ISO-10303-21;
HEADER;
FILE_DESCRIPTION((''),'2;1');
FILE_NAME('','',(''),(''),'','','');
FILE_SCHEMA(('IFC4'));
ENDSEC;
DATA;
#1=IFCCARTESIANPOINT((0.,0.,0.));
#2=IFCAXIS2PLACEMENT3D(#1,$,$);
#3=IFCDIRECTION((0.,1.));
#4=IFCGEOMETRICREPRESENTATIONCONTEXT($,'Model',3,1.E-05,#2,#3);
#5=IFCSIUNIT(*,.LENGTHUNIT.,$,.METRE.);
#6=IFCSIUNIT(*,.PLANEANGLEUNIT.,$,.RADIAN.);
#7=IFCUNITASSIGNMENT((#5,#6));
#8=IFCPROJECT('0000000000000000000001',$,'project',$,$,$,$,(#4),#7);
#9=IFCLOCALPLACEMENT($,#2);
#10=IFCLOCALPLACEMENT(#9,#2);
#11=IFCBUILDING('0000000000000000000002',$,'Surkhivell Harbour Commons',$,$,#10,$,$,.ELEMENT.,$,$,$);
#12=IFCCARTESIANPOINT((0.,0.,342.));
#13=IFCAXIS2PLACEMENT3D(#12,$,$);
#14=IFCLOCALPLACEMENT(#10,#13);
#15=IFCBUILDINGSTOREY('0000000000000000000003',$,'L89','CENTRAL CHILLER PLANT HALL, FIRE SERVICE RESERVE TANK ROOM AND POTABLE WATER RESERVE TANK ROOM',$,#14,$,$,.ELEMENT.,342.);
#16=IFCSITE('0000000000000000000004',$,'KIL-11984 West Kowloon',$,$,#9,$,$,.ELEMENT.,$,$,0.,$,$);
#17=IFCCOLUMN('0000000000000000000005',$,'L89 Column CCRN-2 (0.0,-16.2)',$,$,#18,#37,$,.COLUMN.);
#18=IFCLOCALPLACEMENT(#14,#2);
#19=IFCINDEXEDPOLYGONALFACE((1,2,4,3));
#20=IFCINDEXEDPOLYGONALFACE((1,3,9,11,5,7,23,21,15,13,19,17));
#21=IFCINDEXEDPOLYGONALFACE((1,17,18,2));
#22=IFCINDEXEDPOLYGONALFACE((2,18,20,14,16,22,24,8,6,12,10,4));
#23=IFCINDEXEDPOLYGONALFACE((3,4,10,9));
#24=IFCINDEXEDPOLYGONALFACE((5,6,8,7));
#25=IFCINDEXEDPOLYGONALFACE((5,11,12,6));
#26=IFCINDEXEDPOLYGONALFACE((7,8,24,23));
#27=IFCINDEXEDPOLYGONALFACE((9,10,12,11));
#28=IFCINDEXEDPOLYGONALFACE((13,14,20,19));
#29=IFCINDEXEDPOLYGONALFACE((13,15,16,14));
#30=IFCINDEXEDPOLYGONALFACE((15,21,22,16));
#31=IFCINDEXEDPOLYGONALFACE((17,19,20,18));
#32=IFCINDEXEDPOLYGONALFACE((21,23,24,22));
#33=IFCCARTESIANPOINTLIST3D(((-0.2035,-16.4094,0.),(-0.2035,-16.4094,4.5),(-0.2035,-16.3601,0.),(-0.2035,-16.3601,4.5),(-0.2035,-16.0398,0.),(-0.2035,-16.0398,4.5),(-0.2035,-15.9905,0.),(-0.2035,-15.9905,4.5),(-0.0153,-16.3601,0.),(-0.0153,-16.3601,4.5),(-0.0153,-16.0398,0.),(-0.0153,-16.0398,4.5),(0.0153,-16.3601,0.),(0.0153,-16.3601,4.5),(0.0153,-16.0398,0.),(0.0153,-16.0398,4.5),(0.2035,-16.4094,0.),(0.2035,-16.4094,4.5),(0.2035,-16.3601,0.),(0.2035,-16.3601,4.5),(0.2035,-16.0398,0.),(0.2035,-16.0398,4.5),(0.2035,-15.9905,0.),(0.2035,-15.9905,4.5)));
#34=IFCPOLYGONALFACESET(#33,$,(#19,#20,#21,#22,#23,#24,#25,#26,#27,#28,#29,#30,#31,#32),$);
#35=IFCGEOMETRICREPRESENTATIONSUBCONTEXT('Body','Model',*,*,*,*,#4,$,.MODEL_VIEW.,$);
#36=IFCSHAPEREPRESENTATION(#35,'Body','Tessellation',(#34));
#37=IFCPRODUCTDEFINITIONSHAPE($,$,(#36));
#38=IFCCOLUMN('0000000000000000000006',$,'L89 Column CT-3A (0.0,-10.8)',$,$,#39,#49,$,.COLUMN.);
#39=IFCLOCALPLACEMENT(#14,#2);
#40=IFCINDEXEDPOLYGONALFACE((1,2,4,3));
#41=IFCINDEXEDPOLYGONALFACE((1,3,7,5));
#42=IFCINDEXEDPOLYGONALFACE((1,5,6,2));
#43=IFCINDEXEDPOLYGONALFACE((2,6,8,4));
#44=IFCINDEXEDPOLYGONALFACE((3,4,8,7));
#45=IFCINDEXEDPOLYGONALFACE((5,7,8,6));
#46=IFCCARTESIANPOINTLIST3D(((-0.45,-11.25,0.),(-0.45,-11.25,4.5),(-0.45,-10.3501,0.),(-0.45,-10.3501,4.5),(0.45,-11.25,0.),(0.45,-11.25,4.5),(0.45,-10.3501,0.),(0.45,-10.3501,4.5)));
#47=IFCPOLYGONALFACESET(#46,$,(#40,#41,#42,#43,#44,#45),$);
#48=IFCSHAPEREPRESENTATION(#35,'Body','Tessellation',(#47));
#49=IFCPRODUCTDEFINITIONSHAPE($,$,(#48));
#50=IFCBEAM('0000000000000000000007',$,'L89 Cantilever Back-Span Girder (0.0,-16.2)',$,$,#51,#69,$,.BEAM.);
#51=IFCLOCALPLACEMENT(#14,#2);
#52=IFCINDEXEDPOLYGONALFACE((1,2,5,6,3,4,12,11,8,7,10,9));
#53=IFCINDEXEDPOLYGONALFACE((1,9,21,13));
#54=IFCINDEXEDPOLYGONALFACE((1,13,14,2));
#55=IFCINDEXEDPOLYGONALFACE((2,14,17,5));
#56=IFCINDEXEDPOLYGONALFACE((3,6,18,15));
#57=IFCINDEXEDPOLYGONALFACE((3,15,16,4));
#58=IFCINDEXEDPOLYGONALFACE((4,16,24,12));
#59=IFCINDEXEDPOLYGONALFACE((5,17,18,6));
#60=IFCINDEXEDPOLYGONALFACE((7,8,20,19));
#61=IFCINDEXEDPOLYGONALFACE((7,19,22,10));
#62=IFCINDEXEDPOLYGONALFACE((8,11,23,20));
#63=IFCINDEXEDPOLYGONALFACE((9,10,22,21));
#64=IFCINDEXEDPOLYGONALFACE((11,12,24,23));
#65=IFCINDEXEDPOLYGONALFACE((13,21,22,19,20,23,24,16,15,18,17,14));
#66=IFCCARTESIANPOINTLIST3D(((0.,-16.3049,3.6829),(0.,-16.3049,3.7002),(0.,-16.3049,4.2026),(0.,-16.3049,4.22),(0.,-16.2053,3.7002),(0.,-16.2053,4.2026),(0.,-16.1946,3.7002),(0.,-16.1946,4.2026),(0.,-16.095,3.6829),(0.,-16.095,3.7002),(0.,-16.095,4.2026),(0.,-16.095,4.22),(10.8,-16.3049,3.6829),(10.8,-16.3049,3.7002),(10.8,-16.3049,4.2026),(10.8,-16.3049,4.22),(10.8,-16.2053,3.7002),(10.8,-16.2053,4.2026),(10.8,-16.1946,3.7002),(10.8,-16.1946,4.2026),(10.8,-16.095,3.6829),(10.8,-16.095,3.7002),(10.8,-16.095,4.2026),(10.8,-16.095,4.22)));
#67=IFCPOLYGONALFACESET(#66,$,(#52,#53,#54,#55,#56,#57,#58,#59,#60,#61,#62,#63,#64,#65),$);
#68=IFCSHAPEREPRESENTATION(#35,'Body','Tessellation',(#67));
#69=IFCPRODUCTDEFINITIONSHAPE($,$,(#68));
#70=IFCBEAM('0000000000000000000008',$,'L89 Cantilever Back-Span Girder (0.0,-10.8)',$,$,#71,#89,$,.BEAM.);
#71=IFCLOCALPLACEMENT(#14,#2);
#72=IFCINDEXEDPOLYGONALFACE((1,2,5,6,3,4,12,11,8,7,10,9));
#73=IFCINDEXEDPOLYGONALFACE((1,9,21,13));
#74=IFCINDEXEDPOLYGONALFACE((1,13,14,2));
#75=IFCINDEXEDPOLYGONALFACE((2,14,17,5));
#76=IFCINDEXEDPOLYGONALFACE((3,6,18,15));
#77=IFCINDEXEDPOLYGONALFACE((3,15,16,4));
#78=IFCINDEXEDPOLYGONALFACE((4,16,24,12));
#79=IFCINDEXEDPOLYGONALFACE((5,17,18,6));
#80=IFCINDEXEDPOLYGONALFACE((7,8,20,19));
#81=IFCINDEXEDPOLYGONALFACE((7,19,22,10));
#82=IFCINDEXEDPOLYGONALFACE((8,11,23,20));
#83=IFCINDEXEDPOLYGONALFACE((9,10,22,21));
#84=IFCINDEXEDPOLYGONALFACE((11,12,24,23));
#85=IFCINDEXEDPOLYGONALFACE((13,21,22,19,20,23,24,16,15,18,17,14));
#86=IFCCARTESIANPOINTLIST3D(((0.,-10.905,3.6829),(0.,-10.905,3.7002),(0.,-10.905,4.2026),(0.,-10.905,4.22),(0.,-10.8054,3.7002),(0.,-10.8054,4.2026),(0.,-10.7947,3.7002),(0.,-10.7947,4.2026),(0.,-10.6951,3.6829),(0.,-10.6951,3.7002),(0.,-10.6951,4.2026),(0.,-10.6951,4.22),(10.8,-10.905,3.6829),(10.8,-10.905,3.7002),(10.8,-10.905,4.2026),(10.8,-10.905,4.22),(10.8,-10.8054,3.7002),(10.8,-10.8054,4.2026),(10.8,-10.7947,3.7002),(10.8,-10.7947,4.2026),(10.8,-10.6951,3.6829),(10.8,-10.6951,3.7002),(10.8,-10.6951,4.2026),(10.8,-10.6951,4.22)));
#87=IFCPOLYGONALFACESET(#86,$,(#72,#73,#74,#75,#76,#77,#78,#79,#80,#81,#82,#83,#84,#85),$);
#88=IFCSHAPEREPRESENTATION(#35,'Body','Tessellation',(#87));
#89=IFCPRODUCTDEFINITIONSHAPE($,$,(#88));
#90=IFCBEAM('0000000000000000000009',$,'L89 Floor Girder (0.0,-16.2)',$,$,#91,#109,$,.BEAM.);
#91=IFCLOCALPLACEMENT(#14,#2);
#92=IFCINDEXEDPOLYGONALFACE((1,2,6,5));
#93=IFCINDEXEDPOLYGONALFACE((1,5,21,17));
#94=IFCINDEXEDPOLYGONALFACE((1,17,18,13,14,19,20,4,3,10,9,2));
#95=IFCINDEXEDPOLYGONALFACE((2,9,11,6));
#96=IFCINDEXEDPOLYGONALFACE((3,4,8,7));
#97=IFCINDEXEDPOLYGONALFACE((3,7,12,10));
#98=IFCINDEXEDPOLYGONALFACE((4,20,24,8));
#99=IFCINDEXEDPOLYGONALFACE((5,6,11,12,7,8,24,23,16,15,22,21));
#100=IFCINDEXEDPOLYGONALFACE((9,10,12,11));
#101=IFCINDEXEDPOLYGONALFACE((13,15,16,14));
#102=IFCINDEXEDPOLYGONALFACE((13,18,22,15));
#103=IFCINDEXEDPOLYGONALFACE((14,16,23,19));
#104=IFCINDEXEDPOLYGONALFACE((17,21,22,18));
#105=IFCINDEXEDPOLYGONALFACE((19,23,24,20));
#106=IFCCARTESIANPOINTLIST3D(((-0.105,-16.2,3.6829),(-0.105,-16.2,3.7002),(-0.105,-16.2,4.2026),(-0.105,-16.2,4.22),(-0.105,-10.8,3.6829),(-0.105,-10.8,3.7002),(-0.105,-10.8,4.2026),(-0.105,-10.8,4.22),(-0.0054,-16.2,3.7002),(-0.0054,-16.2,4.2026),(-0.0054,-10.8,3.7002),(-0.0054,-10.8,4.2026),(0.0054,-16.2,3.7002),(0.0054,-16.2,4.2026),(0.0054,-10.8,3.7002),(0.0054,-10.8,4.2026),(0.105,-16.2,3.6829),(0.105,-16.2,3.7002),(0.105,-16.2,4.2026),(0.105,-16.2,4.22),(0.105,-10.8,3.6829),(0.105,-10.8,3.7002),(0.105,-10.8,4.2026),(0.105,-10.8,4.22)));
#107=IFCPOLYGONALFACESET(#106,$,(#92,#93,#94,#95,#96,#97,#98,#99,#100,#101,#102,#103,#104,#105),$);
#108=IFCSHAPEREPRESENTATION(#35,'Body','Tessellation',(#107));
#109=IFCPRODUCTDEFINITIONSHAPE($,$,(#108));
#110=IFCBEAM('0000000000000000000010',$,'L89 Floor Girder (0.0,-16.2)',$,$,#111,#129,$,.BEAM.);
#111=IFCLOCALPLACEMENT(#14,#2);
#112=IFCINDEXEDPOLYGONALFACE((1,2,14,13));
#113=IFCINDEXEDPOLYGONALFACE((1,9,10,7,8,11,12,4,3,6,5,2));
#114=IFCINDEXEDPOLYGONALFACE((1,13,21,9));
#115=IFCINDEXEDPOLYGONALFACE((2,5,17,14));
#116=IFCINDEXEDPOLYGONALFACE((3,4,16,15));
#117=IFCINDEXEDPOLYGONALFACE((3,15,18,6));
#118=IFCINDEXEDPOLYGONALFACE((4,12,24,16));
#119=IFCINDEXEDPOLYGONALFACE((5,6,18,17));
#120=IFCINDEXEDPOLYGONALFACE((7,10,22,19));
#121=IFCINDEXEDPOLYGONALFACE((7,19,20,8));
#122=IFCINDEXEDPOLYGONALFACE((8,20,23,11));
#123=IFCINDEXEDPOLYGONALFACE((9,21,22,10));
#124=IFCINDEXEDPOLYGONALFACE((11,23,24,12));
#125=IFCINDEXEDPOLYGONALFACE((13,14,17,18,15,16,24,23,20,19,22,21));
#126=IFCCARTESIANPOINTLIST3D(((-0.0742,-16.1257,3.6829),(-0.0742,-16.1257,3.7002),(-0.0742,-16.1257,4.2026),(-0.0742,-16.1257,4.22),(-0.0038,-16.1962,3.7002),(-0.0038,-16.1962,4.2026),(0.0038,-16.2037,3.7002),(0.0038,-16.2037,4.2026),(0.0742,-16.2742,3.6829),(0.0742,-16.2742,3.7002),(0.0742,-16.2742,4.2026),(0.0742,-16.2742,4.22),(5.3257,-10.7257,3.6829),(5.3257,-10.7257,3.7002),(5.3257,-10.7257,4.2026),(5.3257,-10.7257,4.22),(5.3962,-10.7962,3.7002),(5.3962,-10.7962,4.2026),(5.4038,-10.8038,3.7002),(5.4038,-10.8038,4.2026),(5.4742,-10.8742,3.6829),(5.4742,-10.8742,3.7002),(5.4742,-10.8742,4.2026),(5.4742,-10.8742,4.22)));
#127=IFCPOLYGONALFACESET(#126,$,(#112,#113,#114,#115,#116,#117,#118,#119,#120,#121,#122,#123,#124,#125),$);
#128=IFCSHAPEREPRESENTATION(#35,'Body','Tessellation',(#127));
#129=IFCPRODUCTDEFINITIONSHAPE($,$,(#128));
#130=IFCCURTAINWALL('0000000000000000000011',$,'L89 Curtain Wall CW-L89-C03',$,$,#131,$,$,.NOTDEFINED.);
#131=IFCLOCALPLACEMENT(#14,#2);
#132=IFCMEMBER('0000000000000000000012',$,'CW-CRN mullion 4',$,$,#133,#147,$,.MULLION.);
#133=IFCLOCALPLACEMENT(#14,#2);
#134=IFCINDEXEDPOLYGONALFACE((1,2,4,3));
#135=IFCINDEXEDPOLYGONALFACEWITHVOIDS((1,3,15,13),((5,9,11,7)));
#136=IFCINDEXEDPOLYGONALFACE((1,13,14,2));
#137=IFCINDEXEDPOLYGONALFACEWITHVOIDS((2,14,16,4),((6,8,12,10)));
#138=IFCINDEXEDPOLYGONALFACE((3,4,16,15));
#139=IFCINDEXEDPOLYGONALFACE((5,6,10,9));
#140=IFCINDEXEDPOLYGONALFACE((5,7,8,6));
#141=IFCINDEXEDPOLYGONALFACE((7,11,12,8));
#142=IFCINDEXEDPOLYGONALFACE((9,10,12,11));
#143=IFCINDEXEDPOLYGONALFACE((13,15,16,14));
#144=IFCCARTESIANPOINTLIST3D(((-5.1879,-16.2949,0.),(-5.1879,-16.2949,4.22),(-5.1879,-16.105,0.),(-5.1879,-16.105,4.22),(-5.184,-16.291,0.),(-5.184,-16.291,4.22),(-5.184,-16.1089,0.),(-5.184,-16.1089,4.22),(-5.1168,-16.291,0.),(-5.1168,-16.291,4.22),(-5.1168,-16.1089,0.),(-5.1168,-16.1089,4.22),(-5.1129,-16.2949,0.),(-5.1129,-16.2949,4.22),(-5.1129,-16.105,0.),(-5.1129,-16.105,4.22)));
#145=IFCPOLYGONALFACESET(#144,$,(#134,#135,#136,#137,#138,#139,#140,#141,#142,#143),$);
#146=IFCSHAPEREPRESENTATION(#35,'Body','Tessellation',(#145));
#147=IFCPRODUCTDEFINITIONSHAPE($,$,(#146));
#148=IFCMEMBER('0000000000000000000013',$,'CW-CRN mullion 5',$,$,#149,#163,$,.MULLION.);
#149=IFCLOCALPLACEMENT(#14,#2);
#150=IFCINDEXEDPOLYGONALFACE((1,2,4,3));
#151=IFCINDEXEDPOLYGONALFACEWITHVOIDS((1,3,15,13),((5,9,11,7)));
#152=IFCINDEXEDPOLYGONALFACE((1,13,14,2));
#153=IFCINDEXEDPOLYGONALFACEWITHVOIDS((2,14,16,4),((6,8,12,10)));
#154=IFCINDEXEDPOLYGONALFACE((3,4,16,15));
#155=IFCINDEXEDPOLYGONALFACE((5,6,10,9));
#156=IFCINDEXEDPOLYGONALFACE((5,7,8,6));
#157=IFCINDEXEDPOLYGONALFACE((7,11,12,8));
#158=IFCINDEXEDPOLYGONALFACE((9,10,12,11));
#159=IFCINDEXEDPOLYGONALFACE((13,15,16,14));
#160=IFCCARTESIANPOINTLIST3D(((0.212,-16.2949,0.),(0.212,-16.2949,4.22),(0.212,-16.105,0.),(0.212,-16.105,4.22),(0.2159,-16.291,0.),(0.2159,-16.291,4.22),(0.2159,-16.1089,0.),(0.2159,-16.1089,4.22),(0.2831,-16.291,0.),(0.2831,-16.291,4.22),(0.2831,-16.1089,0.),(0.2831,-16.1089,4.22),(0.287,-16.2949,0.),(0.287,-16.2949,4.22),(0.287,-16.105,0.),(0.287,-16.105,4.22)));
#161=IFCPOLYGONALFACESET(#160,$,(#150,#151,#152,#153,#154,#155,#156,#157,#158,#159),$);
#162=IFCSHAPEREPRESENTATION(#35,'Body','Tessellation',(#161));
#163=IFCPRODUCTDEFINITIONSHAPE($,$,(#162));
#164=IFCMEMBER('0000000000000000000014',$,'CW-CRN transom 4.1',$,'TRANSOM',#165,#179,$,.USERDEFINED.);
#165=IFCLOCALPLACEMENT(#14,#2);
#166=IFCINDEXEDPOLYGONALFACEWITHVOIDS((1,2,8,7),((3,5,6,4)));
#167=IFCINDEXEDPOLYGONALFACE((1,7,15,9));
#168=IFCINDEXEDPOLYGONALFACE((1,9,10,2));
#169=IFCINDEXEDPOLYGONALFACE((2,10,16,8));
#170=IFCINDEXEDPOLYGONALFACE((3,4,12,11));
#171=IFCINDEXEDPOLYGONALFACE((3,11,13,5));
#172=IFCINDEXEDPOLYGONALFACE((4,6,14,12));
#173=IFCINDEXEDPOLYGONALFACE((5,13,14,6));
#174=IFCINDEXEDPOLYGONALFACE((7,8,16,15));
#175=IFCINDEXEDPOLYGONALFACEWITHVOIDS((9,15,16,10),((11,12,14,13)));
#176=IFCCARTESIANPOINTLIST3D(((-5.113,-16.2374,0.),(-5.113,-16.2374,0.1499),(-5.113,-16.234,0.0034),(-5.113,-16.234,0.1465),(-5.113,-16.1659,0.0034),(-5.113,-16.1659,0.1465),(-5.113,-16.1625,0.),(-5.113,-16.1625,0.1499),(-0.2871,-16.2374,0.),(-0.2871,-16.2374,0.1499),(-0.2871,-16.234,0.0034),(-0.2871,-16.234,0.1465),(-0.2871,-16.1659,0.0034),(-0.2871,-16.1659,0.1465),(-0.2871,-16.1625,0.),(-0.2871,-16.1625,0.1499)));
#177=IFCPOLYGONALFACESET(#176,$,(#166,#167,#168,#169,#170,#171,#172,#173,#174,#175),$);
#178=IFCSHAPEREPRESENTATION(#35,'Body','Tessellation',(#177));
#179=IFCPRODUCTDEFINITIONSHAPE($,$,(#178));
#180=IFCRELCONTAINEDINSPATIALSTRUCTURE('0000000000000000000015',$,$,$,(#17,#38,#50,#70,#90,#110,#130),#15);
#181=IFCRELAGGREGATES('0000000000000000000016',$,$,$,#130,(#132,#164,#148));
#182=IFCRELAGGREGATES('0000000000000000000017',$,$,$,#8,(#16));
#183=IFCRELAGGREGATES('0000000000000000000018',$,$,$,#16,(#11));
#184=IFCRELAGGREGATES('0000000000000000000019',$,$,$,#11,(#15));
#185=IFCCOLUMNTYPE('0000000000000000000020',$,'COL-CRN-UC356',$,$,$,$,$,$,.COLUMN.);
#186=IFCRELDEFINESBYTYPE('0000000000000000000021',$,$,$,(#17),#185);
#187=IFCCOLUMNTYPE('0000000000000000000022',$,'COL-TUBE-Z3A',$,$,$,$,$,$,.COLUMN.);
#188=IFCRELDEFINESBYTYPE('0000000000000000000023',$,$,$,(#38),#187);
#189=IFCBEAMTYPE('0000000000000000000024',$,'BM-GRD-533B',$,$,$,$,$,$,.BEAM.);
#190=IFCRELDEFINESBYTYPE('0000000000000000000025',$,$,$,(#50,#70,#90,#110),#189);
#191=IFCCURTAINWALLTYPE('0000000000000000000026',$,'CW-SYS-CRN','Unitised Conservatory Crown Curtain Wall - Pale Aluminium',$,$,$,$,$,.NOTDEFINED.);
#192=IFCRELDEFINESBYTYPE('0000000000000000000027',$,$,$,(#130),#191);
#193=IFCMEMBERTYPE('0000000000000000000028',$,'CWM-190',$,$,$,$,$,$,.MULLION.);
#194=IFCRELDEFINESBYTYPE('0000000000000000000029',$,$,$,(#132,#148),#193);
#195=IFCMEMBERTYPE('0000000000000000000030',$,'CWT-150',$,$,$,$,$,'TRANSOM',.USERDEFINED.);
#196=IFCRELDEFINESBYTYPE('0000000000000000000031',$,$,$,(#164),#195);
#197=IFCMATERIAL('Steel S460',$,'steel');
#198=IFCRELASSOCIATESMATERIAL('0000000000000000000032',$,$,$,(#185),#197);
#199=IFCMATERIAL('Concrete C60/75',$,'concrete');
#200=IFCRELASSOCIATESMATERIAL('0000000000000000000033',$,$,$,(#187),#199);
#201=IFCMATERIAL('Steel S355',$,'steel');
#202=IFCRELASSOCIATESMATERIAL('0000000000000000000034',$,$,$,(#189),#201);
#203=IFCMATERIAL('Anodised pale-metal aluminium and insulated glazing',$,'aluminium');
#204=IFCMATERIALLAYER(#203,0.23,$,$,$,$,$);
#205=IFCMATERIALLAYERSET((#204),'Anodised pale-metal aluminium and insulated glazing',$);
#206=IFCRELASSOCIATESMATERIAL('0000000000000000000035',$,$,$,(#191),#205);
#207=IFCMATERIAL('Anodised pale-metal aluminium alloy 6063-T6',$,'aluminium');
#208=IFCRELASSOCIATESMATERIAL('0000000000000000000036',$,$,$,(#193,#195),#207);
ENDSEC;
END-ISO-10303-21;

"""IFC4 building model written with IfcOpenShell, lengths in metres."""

from ifc_helpers import new_model, si_unit, direction, frame, origin, origin_2d, place, context, subcontext, project, spatial, rectangle, hollow_rectangle, i_section, extrude, material, layer, layer_set, material_profile, profile_set, type_object, element, aggregate, save


model = new_model("IFC4")

# Units and contexts
model_context = context("Model", 3, precision=1e-05, world=origin(), true_north=direction((0.0, 1.0)))
body_context = subcontext(model_context, "Body", "Model", "MODEL_VIEW")
ifc_project = project(units=[si_unit("LENGTHUNIT", "METRE"), si_unit("PLANEANGLEUNIT", "RADIAN")], contexts=[model_context])

# Site, building, storey
site_placement = place(None, origin())
site = spatial("IfcSite", under=ifc_project, at=site_placement, Name="KIL-11984 West Kowloon", CompositionType="ELEMENT", RefElevation=0.0)
building_placement = place(site_placement, origin())
building = spatial("IfcBuilding", under=site, at=building_placement, Name="Surkhivell Harbour Commons", CompositionType="ELEMENT")
storey_placement = place(building_placement, frame((0.0, 0.0, 342.0)))
storey = spatial("IfcBuildingStorey", under=building, at=storey_placement, Name="L89", Description="CENTRAL CHILLER PLANT HALL, FIRE SERVICE RESERVE TANK ROOM AND POTABLE WATER RESERVE TANK ROOM", CompositionType="ELEMENT", Elevation=342.0)

# Columns
ifc_material_1 = material(Name="Steel S460", Category="steel")
ifc_material_profile_1 = material_profile(ifc_material_1, i_section(OverallWidth=0.407, OverallDepth=0.4189, WebThickness=0.0305, FlangeThickness=0.0493, at=origin_2d()), Name="UC356x406x393")
ifc_profile_set_1 = profile_set([ifc_material_profile_1], Name="Steel S460")
column_type_1 = type_object("IfcColumnType", Name="COL-CRN-UC356", PredefinedType="COLUMN", material=ifc_profile_set_1)
column_1_placement = place(storey_placement, frame((0.0, -16.2, 0.0), z_axis=(0.0, 0.0, 1.0), x_axis=(1.0, 0.0, 0.0)))
element("IfcColumn", 1, at=column_1_placement, inside=storey, type_object=column_type_1, Name="L89 Column CCRN-2 (0.0,-16.2)", PredefinedType="COLUMN", context=body_context, shape_type="SweptSolid", body=[
    extrude(i_section(OverallWidth=0.407, OverallDepth=0.4189, WebThickness=0.0305, FlangeThickness=0.0493, at=origin_2d()), origin(), (0.0, 0.0, 1.0), 4.5),
])
ifc_material_2 = material(Name="Concrete C60/75", Category="concrete")
ifc_material_profile_2 = material_profile(ifc_material_2, rectangle(XDim=0.8999, YDim=0.8999, at=origin_2d()), Name="RC-COL-900x900")
ifc_profile_set_2 = profile_set([ifc_material_profile_2], Name="Concrete C60/75")
column_type_2 = type_object("IfcColumnType", Name="COL-TUBE-Z3A", PredefinedType="COLUMN", material=ifc_profile_set_2)
column_2_placement = place(storey_placement, frame((0.0, -10.8, 0.0), z_axis=(0.0, 0.0, 1.0), x_axis=(1.0, 0.0, 0.0)))
element("IfcColumn", 2, at=column_2_placement, inside=storey, type_object=column_type_2, Name="L89 Column CT-3A (0.0,-10.8)", PredefinedType="COLUMN", context=body_context, shape_type="SweptSolid", body=[
    extrude(rectangle(XDim=0.8999, YDim=0.8999, at=origin_2d()), origin(), (0.0, 0.0, 1.0), 4.5),
])

# Beams
ifc_material_3 = material(Name="Steel S355", Category="steel")
ifc_material_profile_3 = material_profile(ifc_material_3, i_section(OverallWidth=0.21, OverallDepth=0.5371, WebThickness=0.0107, FlangeThickness=0.0173, at=origin_2d()), Name="UB533x210x101")
ifc_profile_set_3 = profile_set([ifc_material_profile_3], Name="Steel S355")
beam_type = type_object("IfcBeamType", Name="BM-GRD-533B", PredefinedType="BEAM", material=ifc_profile_set_3)
for number, where, z_axis, x_axis, name in (
    (3, (0.0, -16.2, 3.9514), (1.0, 0.0, 0.0), (0.0, 1.0, 0.0), "L89 Cantilever Back-Span Girder (0.0,-16.2)"),
    (4, (0.0, -10.8, 3.9514), (1.0, 0.0, 0.0), (0.0, 1.0, 0.0), "L89 Cantilever Back-Span Girder (0.0,-10.8)"),
):
    element("IfcBeam", number, at=place(storey_placement, frame(where, z_axis=z_axis, x_axis=x_axis)), inside=storey, type_object=beam_type, Name=name, PredefinedType="BEAM", context=body_context, shape_type="SweptSolid", body=[
        extrude(i_section(OverallWidth=0.21, OverallDepth=0.5371, WebThickness=0.0107, FlangeThickness=0.0173, at=origin_2d()), origin(), (0.0, 0.0, 1.0), 10.8),
    ])
beam_1_placement = place(storey_placement, frame((0.0, -16.2, 3.9514), z_axis=(0.0, 1.0, 0.0), x_axis=(-1.0, 0.0, 0.0)))
element("IfcBeam", 5, at=beam_1_placement, inside=storey, type_object=beam_type, Name="L89 Floor Girder (0.0,-16.2)", PredefinedType="BEAM", context=body_context, shape_type="SweptSolid", body=[
    extrude(i_section(OverallWidth=0.21, OverallDepth=0.5371, WebThickness=0.0107, FlangeThickness=0.0173, at=origin_2d()), origin(), (0.0, 0.0, 1.0), 5.3999),
])
beam_2_placement = place(storey_placement, frame((0.0, -16.2, 3.9514), z_axis=(0.707107, 0.707107, 0.0), x_axis=(-0.707107, 0.707107, 0.0)))
element("IfcBeam", 6, at=beam_2_placement, inside=storey, type_object=beam_type, Name="L89 Floor Girder (0.0,-16.2)", PredefinedType="BEAM", context=body_context, shape_type="SweptSolid", body=[
    extrude(i_section(OverallWidth=0.21, OverallDepth=0.5371, WebThickness=0.0107, FlangeThickness=0.0173, at=origin_2d()), origin(), (0.0, 0.0, 1.0), 7.6367),
])

# Curtain wall, members
ifc_material_4 = material(Name="Anodised pale-metal aluminium and insulated glazing", Category="aluminium")
ifc_layer_1 = layer(ifc_material_4, 0.23)
ifc_layer_set_1 = layer_set([ifc_layer_1], Name="Anodised pale-metal aluminium and insulated glazing")
curtain_wall_type = type_object("IfcCurtainWallType", Name="CW-SYS-CRN", Description="Unitised Conservatory Crown Curtain Wall - Pale Aluminium", PredefinedType="NOTDEFINED", material=ifc_layer_set_1)
curtain_wall_placement = place(storey_placement, origin())
curtain_wall = element("IfcCurtainWall", 7, at=curtain_wall_placement, inside=storey, type_object=curtain_wall_type, Name="L89 Curtain Wall CW-L89-C03", PredefinedType="NOTDEFINED")
ifc_material_5 = material(Name="Anodised pale-metal aluminium alloy 6063-T6", Category="aluminium")
ifc_material_profile_4 = material_profile(ifc_material_5, hollow_rectangle(XDim=0.075, YDim=0.1899, WallThickness=0.0039, at=origin_2d()), Name="ALU-MULL-75x190")
ifc_profile_set_4 = profile_set([ifc_material_profile_4], Name="Anodised pale-metal aluminium alloy 6063-T6")
member_type_1 = type_object("IfcMemberType", Name="CWM-190", PredefinedType="MULLION", material=ifc_profile_set_4)
member_1_placement = place(storey_placement, frame((-5.1504, -16.2, 0.0), z_axis=(0.0, 0.0, 1.0), x_axis=(1.0, 0.0, 0.0)))
member_1 = element("IfcMember", 8, at=member_1_placement, type_object=member_type_1, Name="CW-CRN mullion 4", PredefinedType="MULLION", context=body_context, shape_type="SweptSolid", body=[
    extrude(hollow_rectangle(XDim=0.075, YDim=0.1899, WallThickness=0.0039, at=origin_2d()), origin(), (0.0, 0.0, 1.0), 4.22),
])
member_2_placement = place(storey_placement, frame((0.2495, -16.2, 0.0), z_axis=(0.0, 0.0, 1.0), x_axis=(1.0, 0.0, 0.0)))
member_2 = element("IfcMember", 9, at=member_2_placement, type_object=member_type_1, Name="CW-CRN mullion 5", PredefinedType="MULLION", context=body_context, shape_type="SweptSolid", body=[
    extrude(hollow_rectangle(XDim=0.075, YDim=0.1899, WallThickness=0.0039, at=origin_2d()), origin(), (0.0, 0.0, 1.0), 4.22),
])
ifc_material_profile_5 = material_profile(ifc_material_5, hollow_rectangle(XDim=0.075, YDim=0.1499, WallThickness=0.0034, at=origin_2d()), Name="ALU-TRAN-75x150")
ifc_profile_set_5 = profile_set([ifc_material_profile_5], Name="Anodised pale-metal aluminium alloy 6063-T6")
member_type_2 = type_object("IfcMemberType", Name="CWT-150", ElementType="TRANSOM", PredefinedType="USERDEFINED", material=ifc_profile_set_5)
member_3_placement = place(storey_placement, frame((-5.113, -16.2, 0.075), z_axis=(1.0, 0.0, 0.0), x_axis=(0.0, 1.0, 0.0)))
member_3 = element("IfcMember", 10, at=member_3_placement, type_object=member_type_2, Name="CW-CRN transom 4.1", ObjectType="TRANSOM", PredefinedType="USERDEFINED", context=body_context, shape_type="SweptSolid", body=[
    extrude(hollow_rectangle(XDim=0.075, YDim=0.1499, WallThickness=0.0034, at=origin_2d()), origin(), (0.0, 0.0, 1.0), 4.8259),
])
aggregate(curtain_wall, [member_1, member_3, member_2])

save(model, "model.ifc")
